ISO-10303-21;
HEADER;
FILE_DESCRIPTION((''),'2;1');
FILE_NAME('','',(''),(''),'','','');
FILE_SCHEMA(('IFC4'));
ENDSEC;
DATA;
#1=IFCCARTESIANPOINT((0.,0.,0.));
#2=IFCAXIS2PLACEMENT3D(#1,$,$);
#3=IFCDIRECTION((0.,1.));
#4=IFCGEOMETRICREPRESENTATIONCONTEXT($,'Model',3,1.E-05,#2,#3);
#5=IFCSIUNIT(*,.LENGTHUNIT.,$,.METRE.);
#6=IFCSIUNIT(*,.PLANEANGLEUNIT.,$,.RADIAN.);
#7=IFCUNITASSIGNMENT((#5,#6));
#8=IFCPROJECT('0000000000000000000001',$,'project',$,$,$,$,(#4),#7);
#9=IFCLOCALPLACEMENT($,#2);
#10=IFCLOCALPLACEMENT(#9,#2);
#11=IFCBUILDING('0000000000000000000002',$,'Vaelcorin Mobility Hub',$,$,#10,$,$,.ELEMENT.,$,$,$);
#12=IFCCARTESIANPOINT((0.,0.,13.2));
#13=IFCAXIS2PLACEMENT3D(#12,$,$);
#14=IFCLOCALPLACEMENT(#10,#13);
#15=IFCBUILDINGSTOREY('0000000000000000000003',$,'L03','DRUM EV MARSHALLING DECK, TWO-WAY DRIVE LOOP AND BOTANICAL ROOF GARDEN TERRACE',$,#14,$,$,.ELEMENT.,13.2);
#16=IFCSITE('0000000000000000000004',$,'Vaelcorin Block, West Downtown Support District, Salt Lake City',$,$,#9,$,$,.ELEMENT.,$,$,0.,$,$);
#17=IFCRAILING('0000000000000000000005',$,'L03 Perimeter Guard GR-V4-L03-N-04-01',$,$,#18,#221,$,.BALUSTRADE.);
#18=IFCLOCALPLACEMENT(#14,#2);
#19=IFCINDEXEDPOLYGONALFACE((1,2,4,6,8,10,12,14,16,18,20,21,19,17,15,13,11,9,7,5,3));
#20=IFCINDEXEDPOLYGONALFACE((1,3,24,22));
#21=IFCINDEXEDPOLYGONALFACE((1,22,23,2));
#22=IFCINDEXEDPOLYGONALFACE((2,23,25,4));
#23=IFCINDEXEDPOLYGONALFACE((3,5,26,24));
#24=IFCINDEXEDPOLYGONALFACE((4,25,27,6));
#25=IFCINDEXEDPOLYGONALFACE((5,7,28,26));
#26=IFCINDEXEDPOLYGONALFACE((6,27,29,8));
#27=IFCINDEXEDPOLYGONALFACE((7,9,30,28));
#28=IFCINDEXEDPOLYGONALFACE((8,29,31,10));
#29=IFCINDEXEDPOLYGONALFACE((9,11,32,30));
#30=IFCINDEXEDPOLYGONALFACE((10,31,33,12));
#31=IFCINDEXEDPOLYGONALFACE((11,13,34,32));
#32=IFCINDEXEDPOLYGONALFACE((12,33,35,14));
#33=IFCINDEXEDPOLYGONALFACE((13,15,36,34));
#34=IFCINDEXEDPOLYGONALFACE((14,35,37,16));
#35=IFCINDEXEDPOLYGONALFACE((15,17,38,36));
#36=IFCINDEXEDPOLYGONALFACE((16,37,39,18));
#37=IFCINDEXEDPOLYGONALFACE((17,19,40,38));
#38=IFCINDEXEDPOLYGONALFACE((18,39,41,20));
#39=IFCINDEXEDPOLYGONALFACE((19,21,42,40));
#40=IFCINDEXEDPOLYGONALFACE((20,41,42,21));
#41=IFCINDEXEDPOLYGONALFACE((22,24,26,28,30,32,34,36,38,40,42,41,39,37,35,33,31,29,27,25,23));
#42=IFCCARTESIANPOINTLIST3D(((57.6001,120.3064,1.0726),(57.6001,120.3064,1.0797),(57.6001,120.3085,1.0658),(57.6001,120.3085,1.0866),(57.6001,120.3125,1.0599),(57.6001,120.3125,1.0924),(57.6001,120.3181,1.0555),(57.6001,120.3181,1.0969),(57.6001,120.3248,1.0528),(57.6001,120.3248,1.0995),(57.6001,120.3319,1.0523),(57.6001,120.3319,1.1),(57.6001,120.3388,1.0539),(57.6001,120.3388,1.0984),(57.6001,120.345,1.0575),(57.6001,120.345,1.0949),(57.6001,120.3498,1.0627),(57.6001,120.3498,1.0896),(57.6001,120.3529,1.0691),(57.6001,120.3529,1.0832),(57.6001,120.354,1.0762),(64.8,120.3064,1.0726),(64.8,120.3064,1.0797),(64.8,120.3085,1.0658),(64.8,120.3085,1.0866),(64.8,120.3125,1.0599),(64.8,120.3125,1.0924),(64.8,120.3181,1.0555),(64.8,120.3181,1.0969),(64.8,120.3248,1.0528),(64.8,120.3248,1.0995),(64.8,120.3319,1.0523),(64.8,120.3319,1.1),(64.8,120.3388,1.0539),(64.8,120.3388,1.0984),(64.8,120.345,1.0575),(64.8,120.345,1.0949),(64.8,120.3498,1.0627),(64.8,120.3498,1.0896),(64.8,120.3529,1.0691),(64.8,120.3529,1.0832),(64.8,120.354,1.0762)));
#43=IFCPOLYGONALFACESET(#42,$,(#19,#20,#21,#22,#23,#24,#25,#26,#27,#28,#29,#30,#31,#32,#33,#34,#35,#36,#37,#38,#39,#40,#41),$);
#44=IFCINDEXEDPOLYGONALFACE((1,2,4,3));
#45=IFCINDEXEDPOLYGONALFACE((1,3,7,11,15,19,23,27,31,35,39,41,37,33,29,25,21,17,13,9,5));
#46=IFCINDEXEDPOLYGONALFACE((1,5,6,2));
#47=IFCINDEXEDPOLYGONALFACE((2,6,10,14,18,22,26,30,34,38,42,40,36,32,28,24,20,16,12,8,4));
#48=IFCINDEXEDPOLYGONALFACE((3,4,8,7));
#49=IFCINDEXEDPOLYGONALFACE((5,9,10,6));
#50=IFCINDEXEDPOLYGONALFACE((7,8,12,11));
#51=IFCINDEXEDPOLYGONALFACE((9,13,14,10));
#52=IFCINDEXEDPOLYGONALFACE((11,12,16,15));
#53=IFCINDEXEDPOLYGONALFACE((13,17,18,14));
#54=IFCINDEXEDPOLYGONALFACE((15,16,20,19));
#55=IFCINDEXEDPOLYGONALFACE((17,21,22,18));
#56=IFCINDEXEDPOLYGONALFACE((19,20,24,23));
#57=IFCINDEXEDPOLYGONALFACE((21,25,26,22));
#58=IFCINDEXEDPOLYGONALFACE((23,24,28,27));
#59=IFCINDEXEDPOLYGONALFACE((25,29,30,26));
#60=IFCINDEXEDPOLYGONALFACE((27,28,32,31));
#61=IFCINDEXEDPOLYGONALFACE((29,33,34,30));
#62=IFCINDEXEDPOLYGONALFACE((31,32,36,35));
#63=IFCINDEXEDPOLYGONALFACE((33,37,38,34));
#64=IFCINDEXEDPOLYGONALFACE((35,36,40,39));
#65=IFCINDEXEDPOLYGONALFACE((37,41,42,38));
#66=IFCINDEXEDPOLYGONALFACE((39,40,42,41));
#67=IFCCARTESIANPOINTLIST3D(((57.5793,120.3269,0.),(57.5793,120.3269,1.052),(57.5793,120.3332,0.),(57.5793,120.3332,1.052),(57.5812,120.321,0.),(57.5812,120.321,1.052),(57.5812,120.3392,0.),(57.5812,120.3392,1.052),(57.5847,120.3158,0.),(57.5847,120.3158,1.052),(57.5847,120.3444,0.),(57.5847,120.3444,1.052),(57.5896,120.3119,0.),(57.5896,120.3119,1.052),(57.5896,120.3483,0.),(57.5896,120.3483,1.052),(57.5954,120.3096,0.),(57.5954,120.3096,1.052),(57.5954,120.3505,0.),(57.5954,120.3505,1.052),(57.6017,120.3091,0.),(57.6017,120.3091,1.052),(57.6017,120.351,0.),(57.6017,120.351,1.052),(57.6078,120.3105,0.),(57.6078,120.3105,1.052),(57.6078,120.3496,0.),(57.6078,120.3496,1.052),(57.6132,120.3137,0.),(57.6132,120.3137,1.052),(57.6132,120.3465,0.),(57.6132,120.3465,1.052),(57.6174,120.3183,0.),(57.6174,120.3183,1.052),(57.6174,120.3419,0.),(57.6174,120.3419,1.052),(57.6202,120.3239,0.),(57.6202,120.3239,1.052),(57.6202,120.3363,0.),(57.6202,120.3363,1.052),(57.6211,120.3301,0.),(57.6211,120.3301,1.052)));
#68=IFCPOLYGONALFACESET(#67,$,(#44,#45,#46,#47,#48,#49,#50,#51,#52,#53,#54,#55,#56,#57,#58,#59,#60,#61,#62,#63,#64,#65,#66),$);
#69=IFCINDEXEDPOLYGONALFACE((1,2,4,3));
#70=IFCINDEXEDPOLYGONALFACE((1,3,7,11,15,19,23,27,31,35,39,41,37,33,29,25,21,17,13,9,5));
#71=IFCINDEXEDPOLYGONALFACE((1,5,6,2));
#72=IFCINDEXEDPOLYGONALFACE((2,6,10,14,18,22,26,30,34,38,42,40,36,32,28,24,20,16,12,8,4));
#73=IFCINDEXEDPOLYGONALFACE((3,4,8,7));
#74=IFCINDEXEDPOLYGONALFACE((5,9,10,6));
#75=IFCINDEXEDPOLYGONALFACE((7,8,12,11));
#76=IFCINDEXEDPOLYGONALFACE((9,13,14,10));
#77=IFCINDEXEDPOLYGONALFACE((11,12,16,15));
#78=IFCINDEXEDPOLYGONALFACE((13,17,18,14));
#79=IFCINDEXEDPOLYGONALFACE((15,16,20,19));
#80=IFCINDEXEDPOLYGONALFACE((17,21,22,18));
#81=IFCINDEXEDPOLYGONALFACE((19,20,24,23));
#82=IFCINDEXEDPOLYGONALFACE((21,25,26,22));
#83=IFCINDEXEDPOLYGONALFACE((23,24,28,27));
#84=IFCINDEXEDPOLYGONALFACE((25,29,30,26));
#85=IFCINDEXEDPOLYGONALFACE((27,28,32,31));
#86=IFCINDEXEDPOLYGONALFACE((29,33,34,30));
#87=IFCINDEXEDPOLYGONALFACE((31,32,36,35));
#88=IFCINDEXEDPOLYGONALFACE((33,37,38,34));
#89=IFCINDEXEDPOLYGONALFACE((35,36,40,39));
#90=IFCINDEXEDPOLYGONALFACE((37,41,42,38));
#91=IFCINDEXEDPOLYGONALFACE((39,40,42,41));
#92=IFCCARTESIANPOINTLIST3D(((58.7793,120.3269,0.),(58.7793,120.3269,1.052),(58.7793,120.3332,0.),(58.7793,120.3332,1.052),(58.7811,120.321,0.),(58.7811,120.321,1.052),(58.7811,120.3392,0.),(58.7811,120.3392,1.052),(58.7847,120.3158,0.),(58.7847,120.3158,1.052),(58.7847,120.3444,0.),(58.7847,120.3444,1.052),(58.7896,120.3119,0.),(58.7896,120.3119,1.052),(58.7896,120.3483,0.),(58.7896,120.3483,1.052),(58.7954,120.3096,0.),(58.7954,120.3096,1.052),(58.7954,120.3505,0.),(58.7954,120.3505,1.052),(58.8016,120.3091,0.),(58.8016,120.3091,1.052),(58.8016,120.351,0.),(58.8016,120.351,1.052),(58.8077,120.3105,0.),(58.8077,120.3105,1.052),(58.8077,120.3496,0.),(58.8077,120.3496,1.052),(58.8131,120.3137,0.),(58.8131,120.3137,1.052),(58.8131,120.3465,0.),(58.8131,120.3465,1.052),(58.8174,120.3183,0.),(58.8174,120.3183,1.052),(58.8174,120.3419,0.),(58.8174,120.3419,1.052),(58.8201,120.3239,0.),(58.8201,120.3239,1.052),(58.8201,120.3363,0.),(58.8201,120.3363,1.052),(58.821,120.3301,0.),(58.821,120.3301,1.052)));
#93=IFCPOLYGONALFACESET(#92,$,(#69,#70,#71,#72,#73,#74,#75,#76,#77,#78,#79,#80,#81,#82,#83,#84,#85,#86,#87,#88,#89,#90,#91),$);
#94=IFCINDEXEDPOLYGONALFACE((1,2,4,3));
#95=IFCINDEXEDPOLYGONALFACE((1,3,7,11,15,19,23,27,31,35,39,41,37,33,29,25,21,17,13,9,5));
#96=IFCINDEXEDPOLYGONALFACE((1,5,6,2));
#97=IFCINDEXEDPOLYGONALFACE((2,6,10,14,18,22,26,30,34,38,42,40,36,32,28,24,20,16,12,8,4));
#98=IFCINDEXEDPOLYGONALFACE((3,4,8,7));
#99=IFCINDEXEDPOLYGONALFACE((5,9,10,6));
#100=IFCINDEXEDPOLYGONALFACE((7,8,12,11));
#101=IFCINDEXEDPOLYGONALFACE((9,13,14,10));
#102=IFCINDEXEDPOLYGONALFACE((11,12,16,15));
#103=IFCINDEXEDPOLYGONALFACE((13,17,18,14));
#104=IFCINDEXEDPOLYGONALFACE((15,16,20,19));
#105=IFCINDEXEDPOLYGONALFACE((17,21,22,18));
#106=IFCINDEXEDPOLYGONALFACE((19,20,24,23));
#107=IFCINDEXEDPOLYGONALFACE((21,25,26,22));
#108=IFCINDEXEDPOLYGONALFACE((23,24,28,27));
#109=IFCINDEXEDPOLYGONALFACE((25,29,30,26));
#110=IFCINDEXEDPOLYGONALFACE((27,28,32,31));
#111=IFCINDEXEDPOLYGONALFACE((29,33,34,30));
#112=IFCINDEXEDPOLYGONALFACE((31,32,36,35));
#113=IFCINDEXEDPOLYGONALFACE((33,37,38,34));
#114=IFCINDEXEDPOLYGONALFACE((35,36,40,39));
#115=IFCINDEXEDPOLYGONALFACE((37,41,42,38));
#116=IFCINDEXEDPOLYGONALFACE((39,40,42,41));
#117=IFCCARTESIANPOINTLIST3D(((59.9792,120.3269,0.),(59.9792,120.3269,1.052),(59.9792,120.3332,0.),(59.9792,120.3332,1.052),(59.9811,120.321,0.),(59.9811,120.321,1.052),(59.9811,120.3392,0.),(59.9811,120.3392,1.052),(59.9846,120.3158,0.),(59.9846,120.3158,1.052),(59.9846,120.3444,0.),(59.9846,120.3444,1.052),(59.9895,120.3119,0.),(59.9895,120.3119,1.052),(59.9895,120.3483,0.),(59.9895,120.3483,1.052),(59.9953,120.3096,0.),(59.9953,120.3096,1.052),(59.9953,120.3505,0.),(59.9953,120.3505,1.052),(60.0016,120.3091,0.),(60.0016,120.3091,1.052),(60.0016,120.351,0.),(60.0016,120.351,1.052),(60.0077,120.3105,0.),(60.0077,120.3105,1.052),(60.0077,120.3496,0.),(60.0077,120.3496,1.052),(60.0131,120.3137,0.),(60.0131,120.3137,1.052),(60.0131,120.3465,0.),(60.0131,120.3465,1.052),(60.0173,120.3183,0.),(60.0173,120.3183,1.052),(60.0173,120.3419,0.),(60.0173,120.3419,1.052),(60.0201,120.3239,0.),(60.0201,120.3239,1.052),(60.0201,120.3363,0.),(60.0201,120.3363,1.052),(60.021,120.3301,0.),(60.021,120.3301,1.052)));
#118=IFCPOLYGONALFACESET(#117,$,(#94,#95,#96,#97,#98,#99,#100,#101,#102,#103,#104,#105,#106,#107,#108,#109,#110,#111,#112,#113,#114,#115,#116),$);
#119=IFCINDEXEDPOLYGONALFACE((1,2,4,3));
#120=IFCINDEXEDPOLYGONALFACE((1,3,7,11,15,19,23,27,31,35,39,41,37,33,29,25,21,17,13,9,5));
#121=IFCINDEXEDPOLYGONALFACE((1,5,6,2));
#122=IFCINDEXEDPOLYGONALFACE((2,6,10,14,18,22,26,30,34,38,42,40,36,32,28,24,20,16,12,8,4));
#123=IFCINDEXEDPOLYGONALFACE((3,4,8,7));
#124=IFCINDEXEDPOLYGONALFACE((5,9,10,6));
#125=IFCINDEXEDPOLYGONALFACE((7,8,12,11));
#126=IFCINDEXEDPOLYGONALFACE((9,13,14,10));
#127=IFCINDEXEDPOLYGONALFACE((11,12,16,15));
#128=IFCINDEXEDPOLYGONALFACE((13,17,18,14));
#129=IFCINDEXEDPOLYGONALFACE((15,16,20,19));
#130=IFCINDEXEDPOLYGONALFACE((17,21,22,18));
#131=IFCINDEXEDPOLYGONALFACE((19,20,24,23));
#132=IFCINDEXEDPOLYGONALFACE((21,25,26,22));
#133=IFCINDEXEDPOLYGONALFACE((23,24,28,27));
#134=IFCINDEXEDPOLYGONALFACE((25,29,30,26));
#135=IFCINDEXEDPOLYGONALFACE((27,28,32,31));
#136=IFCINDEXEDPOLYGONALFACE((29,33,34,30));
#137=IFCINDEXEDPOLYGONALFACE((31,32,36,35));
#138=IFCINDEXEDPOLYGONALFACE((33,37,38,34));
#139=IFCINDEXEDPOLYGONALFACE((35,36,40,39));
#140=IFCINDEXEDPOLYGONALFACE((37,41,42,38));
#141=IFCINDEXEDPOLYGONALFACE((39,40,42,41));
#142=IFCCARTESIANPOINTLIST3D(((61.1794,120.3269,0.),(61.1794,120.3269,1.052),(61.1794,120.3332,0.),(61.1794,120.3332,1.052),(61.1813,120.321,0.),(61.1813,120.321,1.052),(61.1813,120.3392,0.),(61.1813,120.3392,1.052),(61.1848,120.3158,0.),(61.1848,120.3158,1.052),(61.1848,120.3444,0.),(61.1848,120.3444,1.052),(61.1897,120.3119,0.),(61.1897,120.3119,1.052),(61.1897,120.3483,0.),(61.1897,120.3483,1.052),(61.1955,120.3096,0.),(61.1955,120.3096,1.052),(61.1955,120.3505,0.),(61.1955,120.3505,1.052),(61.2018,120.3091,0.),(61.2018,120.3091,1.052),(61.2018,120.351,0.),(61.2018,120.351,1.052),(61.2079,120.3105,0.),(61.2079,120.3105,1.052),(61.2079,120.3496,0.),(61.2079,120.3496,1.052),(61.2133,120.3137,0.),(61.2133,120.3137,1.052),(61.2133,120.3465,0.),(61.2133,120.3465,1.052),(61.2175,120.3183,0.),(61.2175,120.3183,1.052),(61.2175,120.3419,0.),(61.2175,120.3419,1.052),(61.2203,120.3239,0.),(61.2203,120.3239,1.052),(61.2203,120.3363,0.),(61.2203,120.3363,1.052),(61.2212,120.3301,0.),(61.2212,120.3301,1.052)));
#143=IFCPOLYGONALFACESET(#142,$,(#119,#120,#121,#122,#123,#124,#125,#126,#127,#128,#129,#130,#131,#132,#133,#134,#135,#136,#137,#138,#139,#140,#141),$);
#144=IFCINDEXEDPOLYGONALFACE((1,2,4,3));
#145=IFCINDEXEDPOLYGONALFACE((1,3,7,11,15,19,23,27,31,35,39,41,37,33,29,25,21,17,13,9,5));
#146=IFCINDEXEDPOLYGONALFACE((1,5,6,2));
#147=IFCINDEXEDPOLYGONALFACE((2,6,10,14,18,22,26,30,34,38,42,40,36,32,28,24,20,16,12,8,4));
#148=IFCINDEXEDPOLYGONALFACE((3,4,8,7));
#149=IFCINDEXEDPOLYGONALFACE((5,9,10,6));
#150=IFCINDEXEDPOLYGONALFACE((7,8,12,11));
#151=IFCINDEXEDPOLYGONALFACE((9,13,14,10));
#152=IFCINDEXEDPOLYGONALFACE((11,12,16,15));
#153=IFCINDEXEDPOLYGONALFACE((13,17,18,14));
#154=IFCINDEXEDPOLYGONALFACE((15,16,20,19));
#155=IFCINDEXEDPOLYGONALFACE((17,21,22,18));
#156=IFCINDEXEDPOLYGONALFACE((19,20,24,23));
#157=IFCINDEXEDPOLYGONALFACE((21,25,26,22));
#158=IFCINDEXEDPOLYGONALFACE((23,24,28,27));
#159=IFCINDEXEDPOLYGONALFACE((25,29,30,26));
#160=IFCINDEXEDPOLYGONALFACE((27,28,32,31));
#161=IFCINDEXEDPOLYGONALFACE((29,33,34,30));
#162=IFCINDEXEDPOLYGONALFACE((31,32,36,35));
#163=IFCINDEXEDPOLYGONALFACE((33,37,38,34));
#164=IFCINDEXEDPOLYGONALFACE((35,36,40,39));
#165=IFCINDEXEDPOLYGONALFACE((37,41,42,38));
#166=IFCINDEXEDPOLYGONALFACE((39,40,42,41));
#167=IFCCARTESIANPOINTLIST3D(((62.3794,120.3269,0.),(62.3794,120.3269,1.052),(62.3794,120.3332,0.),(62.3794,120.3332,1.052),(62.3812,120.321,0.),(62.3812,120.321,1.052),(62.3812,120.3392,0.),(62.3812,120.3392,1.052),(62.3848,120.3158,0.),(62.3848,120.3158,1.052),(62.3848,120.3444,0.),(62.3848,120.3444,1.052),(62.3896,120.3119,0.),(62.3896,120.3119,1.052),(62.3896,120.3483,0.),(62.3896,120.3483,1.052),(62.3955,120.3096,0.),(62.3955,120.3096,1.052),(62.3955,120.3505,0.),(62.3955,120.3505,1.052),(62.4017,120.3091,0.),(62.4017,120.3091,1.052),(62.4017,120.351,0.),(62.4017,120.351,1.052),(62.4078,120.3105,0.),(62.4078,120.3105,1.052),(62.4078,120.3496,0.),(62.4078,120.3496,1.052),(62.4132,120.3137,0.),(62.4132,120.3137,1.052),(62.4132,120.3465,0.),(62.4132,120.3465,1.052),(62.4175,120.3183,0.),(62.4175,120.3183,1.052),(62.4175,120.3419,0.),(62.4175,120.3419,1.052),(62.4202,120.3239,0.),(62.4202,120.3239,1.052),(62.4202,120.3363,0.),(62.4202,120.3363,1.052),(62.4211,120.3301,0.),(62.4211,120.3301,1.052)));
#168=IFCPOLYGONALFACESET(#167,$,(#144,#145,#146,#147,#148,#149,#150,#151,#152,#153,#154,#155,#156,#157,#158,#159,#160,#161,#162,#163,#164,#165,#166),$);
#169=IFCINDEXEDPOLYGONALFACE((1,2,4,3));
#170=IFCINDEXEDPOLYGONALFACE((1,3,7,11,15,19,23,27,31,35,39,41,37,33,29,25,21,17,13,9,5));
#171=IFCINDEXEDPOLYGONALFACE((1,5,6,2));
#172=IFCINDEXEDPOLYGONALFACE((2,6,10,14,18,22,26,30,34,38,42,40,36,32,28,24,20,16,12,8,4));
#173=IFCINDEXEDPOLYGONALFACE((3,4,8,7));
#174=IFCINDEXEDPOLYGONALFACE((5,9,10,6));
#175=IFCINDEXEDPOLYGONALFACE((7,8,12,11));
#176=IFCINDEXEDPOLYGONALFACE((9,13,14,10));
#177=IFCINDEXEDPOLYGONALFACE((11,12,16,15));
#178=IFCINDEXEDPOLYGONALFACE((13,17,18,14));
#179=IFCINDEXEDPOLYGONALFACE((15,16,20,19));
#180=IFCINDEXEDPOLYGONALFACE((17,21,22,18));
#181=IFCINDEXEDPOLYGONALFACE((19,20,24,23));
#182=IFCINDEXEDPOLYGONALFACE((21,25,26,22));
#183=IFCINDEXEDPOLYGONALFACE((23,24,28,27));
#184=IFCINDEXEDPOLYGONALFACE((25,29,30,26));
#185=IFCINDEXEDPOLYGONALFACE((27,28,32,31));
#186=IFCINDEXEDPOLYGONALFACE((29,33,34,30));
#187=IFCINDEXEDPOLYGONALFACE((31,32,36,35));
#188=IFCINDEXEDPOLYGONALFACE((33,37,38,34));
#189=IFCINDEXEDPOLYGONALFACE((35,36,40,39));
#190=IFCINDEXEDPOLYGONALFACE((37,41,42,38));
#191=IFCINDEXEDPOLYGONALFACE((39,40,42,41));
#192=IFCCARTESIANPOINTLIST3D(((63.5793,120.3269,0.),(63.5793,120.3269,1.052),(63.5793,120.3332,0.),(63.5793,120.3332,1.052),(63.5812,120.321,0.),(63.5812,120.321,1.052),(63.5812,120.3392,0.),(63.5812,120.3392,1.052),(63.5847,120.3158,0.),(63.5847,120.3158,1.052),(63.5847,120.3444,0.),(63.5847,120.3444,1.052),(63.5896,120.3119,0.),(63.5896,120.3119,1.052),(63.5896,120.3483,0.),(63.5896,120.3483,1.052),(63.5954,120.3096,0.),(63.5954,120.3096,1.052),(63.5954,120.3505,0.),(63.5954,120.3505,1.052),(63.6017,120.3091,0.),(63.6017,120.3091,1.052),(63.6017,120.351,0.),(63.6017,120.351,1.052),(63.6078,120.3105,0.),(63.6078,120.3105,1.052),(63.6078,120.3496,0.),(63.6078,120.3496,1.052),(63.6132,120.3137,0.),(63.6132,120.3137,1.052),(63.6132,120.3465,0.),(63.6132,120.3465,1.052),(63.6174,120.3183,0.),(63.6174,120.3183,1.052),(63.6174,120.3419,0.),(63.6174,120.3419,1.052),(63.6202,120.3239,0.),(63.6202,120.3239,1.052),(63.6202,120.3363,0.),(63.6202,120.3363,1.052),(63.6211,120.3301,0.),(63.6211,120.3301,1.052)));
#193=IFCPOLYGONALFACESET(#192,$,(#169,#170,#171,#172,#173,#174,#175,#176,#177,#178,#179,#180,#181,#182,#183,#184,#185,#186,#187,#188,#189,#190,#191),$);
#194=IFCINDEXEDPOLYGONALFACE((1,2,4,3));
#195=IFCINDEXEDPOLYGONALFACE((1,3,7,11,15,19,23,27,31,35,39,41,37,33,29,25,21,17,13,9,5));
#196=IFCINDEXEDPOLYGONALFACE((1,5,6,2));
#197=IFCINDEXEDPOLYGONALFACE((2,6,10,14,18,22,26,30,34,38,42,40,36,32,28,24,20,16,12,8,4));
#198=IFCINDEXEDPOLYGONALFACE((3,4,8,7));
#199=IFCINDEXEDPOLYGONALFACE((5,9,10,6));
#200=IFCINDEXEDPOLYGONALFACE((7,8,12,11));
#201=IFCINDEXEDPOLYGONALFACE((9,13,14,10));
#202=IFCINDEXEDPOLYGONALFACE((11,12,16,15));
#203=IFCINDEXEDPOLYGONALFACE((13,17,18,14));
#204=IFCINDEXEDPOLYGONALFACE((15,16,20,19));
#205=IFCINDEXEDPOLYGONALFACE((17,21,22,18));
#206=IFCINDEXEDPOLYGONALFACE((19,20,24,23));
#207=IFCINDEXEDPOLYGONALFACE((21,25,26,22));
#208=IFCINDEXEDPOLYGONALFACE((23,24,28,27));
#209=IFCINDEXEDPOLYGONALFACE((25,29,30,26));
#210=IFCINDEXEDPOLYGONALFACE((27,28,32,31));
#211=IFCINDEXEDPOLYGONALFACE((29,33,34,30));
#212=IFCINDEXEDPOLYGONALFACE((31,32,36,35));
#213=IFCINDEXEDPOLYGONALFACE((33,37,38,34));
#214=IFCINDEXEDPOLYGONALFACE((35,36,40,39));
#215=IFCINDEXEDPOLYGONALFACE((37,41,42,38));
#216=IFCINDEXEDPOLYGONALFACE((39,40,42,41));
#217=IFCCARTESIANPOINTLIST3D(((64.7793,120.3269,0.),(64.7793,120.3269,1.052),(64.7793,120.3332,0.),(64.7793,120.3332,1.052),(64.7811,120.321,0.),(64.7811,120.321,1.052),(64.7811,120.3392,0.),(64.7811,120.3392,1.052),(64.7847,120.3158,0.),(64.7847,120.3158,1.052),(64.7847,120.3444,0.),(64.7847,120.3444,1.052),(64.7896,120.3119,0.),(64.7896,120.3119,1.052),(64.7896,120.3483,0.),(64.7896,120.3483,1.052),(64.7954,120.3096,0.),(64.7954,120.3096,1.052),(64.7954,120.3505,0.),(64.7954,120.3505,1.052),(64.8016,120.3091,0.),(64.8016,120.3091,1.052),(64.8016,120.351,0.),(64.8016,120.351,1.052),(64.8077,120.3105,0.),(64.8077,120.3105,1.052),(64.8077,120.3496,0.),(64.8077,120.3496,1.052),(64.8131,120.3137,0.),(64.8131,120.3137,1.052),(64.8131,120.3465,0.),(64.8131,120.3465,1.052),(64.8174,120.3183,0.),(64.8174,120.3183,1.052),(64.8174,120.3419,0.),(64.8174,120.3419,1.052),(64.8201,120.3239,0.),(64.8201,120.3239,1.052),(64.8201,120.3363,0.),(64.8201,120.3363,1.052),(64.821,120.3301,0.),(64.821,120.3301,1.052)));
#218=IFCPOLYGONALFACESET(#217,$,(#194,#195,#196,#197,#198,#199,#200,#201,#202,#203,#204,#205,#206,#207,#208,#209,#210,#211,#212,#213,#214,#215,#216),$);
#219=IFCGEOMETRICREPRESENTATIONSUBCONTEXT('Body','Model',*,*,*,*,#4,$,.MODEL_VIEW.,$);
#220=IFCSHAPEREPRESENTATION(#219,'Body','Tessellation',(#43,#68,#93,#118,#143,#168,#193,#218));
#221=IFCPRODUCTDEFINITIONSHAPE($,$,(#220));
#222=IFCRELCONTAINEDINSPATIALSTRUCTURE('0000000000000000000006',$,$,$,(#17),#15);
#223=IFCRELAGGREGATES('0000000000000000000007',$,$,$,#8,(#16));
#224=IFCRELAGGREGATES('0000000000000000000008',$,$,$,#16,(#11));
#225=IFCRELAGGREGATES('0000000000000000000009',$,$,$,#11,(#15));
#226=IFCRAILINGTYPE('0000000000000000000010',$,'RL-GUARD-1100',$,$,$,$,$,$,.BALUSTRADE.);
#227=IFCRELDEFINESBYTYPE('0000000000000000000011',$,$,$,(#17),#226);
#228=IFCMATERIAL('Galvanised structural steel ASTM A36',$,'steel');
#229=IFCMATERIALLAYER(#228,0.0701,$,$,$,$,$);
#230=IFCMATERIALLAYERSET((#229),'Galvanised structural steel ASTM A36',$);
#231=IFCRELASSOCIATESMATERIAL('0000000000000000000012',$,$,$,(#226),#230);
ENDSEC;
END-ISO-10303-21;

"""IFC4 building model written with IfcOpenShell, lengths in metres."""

from ifc_helpers import new_model, si_unit, direction, frame, origin, origin_2d, place, context, subcontext, project, spatial, circle, extrude, material, layer, layer_set, type_object, element, save


model = new_model("IFC4")

# Units and contexts
model_context = context("Model", 3, precision=1e-05, world=origin(), true_north=direction((0.0, 1.0)))
body_context = subcontext(model_context, "Body", "Model", "MODEL_VIEW")
ifc_project = project(units=[si_unit("LENGTHUNIT", "METRE"), si_unit("PLANEANGLEUNIT", "RADIAN")], contexts=[model_context])

# Site, building, storey
site_placement = place(None, origin())
site = spatial("IfcSite", under=ifc_project, at=site_placement, Name="Vaelcorin Block, West Downtown Support District, Salt Lake City", CompositionType="ELEMENT", RefElevation=0.0)
building_placement = place(site_placement, origin())
building = spatial("IfcBuilding", under=site, at=building_placement, Name="Vaelcorin Mobility Hub", CompositionType="ELEMENT")
storey_placement = place(building_placement, frame((0.0, 0.0, 13.2)))
storey = spatial("IfcBuildingStorey", under=building, at=storey_placement, Name="L03", Description="DRUM EV MARSHALLING DECK, TWO-WAY DRIVE LOOP AND BOTANICAL ROOF GARDEN TERRACE", CompositionType="ELEMENT", Elevation=13.2)

# Railing
ifc_material_1 = material(Name="Galvanised structural steel ASTM A36", Category="steel")
ifc_layer_1 = layer(ifc_material_1, 0.0701)
ifc_layer_set_1 = layer_set([ifc_layer_1], Name="Galvanised structural steel ASTM A36")
railing_type_1 = type_object("IfcRailingType", Name="RL-GUARD-1100", PredefinedType="BALUSTRADE", material=ifc_layer_set_1)
railing_1_placement = place(storey_placement, frame((57.6001, 120.3301, 0.0)))
element("IfcRailing", 1, at=railing_1_placement, inside=storey, type_object=railing_type_1, Name="L03 Perimeter Guard GR-V4-L03-N-04-01", PredefinedType="BALUSTRADE", context=body_context, shape_type="SweptSolid", body=[
    extrude(circle(Radius=0.0239, at=origin_2d()), frame((0.0, 0.0, 1.0762), z_axis=(1.0, 0.0, 0.0), x_axis=(0.0, 1.0, 0.0)), (0.0, 0.0, 1.0), 7.2),
    extrude(circle(Radius=0.021, at=origin_2d()), origin(), (0.0, 0.0, 1.0), 1.052),
    extrude(circle(Radius=0.021, at=origin_2d()), frame((1.2, 0.0, 0.0)), (0.0, 0.0, 1.0), 1.052),
    extrude(circle(Radius=0.021, at=origin_2d()), frame((2.3999, 0.0, 0.0)), (0.0, 0.0, 1.0), 1.052),
    extrude(circle(Radius=0.021, at=origin_2d()), frame((3.6001, 0.0, 0.0)), (0.0, 0.0, 1.0), 1.052),
    extrude(circle(Radius=0.021, at=origin_2d()), frame((4.8, 0.0, 0.0)), (0.0, 0.0, 1.0), 1.052),
    extrude(circle(Radius=0.021, at=origin_2d()), frame((6.0, 0.0, 0.0)), (0.0, 0.0, 1.0), 1.052),
    extrude(circle(Radius=0.021, at=origin_2d()), frame((7.2, 0.0, 0.0)), (0.0, 0.0, 1.0), 1.052),
])

save(model, "model.ifc")
